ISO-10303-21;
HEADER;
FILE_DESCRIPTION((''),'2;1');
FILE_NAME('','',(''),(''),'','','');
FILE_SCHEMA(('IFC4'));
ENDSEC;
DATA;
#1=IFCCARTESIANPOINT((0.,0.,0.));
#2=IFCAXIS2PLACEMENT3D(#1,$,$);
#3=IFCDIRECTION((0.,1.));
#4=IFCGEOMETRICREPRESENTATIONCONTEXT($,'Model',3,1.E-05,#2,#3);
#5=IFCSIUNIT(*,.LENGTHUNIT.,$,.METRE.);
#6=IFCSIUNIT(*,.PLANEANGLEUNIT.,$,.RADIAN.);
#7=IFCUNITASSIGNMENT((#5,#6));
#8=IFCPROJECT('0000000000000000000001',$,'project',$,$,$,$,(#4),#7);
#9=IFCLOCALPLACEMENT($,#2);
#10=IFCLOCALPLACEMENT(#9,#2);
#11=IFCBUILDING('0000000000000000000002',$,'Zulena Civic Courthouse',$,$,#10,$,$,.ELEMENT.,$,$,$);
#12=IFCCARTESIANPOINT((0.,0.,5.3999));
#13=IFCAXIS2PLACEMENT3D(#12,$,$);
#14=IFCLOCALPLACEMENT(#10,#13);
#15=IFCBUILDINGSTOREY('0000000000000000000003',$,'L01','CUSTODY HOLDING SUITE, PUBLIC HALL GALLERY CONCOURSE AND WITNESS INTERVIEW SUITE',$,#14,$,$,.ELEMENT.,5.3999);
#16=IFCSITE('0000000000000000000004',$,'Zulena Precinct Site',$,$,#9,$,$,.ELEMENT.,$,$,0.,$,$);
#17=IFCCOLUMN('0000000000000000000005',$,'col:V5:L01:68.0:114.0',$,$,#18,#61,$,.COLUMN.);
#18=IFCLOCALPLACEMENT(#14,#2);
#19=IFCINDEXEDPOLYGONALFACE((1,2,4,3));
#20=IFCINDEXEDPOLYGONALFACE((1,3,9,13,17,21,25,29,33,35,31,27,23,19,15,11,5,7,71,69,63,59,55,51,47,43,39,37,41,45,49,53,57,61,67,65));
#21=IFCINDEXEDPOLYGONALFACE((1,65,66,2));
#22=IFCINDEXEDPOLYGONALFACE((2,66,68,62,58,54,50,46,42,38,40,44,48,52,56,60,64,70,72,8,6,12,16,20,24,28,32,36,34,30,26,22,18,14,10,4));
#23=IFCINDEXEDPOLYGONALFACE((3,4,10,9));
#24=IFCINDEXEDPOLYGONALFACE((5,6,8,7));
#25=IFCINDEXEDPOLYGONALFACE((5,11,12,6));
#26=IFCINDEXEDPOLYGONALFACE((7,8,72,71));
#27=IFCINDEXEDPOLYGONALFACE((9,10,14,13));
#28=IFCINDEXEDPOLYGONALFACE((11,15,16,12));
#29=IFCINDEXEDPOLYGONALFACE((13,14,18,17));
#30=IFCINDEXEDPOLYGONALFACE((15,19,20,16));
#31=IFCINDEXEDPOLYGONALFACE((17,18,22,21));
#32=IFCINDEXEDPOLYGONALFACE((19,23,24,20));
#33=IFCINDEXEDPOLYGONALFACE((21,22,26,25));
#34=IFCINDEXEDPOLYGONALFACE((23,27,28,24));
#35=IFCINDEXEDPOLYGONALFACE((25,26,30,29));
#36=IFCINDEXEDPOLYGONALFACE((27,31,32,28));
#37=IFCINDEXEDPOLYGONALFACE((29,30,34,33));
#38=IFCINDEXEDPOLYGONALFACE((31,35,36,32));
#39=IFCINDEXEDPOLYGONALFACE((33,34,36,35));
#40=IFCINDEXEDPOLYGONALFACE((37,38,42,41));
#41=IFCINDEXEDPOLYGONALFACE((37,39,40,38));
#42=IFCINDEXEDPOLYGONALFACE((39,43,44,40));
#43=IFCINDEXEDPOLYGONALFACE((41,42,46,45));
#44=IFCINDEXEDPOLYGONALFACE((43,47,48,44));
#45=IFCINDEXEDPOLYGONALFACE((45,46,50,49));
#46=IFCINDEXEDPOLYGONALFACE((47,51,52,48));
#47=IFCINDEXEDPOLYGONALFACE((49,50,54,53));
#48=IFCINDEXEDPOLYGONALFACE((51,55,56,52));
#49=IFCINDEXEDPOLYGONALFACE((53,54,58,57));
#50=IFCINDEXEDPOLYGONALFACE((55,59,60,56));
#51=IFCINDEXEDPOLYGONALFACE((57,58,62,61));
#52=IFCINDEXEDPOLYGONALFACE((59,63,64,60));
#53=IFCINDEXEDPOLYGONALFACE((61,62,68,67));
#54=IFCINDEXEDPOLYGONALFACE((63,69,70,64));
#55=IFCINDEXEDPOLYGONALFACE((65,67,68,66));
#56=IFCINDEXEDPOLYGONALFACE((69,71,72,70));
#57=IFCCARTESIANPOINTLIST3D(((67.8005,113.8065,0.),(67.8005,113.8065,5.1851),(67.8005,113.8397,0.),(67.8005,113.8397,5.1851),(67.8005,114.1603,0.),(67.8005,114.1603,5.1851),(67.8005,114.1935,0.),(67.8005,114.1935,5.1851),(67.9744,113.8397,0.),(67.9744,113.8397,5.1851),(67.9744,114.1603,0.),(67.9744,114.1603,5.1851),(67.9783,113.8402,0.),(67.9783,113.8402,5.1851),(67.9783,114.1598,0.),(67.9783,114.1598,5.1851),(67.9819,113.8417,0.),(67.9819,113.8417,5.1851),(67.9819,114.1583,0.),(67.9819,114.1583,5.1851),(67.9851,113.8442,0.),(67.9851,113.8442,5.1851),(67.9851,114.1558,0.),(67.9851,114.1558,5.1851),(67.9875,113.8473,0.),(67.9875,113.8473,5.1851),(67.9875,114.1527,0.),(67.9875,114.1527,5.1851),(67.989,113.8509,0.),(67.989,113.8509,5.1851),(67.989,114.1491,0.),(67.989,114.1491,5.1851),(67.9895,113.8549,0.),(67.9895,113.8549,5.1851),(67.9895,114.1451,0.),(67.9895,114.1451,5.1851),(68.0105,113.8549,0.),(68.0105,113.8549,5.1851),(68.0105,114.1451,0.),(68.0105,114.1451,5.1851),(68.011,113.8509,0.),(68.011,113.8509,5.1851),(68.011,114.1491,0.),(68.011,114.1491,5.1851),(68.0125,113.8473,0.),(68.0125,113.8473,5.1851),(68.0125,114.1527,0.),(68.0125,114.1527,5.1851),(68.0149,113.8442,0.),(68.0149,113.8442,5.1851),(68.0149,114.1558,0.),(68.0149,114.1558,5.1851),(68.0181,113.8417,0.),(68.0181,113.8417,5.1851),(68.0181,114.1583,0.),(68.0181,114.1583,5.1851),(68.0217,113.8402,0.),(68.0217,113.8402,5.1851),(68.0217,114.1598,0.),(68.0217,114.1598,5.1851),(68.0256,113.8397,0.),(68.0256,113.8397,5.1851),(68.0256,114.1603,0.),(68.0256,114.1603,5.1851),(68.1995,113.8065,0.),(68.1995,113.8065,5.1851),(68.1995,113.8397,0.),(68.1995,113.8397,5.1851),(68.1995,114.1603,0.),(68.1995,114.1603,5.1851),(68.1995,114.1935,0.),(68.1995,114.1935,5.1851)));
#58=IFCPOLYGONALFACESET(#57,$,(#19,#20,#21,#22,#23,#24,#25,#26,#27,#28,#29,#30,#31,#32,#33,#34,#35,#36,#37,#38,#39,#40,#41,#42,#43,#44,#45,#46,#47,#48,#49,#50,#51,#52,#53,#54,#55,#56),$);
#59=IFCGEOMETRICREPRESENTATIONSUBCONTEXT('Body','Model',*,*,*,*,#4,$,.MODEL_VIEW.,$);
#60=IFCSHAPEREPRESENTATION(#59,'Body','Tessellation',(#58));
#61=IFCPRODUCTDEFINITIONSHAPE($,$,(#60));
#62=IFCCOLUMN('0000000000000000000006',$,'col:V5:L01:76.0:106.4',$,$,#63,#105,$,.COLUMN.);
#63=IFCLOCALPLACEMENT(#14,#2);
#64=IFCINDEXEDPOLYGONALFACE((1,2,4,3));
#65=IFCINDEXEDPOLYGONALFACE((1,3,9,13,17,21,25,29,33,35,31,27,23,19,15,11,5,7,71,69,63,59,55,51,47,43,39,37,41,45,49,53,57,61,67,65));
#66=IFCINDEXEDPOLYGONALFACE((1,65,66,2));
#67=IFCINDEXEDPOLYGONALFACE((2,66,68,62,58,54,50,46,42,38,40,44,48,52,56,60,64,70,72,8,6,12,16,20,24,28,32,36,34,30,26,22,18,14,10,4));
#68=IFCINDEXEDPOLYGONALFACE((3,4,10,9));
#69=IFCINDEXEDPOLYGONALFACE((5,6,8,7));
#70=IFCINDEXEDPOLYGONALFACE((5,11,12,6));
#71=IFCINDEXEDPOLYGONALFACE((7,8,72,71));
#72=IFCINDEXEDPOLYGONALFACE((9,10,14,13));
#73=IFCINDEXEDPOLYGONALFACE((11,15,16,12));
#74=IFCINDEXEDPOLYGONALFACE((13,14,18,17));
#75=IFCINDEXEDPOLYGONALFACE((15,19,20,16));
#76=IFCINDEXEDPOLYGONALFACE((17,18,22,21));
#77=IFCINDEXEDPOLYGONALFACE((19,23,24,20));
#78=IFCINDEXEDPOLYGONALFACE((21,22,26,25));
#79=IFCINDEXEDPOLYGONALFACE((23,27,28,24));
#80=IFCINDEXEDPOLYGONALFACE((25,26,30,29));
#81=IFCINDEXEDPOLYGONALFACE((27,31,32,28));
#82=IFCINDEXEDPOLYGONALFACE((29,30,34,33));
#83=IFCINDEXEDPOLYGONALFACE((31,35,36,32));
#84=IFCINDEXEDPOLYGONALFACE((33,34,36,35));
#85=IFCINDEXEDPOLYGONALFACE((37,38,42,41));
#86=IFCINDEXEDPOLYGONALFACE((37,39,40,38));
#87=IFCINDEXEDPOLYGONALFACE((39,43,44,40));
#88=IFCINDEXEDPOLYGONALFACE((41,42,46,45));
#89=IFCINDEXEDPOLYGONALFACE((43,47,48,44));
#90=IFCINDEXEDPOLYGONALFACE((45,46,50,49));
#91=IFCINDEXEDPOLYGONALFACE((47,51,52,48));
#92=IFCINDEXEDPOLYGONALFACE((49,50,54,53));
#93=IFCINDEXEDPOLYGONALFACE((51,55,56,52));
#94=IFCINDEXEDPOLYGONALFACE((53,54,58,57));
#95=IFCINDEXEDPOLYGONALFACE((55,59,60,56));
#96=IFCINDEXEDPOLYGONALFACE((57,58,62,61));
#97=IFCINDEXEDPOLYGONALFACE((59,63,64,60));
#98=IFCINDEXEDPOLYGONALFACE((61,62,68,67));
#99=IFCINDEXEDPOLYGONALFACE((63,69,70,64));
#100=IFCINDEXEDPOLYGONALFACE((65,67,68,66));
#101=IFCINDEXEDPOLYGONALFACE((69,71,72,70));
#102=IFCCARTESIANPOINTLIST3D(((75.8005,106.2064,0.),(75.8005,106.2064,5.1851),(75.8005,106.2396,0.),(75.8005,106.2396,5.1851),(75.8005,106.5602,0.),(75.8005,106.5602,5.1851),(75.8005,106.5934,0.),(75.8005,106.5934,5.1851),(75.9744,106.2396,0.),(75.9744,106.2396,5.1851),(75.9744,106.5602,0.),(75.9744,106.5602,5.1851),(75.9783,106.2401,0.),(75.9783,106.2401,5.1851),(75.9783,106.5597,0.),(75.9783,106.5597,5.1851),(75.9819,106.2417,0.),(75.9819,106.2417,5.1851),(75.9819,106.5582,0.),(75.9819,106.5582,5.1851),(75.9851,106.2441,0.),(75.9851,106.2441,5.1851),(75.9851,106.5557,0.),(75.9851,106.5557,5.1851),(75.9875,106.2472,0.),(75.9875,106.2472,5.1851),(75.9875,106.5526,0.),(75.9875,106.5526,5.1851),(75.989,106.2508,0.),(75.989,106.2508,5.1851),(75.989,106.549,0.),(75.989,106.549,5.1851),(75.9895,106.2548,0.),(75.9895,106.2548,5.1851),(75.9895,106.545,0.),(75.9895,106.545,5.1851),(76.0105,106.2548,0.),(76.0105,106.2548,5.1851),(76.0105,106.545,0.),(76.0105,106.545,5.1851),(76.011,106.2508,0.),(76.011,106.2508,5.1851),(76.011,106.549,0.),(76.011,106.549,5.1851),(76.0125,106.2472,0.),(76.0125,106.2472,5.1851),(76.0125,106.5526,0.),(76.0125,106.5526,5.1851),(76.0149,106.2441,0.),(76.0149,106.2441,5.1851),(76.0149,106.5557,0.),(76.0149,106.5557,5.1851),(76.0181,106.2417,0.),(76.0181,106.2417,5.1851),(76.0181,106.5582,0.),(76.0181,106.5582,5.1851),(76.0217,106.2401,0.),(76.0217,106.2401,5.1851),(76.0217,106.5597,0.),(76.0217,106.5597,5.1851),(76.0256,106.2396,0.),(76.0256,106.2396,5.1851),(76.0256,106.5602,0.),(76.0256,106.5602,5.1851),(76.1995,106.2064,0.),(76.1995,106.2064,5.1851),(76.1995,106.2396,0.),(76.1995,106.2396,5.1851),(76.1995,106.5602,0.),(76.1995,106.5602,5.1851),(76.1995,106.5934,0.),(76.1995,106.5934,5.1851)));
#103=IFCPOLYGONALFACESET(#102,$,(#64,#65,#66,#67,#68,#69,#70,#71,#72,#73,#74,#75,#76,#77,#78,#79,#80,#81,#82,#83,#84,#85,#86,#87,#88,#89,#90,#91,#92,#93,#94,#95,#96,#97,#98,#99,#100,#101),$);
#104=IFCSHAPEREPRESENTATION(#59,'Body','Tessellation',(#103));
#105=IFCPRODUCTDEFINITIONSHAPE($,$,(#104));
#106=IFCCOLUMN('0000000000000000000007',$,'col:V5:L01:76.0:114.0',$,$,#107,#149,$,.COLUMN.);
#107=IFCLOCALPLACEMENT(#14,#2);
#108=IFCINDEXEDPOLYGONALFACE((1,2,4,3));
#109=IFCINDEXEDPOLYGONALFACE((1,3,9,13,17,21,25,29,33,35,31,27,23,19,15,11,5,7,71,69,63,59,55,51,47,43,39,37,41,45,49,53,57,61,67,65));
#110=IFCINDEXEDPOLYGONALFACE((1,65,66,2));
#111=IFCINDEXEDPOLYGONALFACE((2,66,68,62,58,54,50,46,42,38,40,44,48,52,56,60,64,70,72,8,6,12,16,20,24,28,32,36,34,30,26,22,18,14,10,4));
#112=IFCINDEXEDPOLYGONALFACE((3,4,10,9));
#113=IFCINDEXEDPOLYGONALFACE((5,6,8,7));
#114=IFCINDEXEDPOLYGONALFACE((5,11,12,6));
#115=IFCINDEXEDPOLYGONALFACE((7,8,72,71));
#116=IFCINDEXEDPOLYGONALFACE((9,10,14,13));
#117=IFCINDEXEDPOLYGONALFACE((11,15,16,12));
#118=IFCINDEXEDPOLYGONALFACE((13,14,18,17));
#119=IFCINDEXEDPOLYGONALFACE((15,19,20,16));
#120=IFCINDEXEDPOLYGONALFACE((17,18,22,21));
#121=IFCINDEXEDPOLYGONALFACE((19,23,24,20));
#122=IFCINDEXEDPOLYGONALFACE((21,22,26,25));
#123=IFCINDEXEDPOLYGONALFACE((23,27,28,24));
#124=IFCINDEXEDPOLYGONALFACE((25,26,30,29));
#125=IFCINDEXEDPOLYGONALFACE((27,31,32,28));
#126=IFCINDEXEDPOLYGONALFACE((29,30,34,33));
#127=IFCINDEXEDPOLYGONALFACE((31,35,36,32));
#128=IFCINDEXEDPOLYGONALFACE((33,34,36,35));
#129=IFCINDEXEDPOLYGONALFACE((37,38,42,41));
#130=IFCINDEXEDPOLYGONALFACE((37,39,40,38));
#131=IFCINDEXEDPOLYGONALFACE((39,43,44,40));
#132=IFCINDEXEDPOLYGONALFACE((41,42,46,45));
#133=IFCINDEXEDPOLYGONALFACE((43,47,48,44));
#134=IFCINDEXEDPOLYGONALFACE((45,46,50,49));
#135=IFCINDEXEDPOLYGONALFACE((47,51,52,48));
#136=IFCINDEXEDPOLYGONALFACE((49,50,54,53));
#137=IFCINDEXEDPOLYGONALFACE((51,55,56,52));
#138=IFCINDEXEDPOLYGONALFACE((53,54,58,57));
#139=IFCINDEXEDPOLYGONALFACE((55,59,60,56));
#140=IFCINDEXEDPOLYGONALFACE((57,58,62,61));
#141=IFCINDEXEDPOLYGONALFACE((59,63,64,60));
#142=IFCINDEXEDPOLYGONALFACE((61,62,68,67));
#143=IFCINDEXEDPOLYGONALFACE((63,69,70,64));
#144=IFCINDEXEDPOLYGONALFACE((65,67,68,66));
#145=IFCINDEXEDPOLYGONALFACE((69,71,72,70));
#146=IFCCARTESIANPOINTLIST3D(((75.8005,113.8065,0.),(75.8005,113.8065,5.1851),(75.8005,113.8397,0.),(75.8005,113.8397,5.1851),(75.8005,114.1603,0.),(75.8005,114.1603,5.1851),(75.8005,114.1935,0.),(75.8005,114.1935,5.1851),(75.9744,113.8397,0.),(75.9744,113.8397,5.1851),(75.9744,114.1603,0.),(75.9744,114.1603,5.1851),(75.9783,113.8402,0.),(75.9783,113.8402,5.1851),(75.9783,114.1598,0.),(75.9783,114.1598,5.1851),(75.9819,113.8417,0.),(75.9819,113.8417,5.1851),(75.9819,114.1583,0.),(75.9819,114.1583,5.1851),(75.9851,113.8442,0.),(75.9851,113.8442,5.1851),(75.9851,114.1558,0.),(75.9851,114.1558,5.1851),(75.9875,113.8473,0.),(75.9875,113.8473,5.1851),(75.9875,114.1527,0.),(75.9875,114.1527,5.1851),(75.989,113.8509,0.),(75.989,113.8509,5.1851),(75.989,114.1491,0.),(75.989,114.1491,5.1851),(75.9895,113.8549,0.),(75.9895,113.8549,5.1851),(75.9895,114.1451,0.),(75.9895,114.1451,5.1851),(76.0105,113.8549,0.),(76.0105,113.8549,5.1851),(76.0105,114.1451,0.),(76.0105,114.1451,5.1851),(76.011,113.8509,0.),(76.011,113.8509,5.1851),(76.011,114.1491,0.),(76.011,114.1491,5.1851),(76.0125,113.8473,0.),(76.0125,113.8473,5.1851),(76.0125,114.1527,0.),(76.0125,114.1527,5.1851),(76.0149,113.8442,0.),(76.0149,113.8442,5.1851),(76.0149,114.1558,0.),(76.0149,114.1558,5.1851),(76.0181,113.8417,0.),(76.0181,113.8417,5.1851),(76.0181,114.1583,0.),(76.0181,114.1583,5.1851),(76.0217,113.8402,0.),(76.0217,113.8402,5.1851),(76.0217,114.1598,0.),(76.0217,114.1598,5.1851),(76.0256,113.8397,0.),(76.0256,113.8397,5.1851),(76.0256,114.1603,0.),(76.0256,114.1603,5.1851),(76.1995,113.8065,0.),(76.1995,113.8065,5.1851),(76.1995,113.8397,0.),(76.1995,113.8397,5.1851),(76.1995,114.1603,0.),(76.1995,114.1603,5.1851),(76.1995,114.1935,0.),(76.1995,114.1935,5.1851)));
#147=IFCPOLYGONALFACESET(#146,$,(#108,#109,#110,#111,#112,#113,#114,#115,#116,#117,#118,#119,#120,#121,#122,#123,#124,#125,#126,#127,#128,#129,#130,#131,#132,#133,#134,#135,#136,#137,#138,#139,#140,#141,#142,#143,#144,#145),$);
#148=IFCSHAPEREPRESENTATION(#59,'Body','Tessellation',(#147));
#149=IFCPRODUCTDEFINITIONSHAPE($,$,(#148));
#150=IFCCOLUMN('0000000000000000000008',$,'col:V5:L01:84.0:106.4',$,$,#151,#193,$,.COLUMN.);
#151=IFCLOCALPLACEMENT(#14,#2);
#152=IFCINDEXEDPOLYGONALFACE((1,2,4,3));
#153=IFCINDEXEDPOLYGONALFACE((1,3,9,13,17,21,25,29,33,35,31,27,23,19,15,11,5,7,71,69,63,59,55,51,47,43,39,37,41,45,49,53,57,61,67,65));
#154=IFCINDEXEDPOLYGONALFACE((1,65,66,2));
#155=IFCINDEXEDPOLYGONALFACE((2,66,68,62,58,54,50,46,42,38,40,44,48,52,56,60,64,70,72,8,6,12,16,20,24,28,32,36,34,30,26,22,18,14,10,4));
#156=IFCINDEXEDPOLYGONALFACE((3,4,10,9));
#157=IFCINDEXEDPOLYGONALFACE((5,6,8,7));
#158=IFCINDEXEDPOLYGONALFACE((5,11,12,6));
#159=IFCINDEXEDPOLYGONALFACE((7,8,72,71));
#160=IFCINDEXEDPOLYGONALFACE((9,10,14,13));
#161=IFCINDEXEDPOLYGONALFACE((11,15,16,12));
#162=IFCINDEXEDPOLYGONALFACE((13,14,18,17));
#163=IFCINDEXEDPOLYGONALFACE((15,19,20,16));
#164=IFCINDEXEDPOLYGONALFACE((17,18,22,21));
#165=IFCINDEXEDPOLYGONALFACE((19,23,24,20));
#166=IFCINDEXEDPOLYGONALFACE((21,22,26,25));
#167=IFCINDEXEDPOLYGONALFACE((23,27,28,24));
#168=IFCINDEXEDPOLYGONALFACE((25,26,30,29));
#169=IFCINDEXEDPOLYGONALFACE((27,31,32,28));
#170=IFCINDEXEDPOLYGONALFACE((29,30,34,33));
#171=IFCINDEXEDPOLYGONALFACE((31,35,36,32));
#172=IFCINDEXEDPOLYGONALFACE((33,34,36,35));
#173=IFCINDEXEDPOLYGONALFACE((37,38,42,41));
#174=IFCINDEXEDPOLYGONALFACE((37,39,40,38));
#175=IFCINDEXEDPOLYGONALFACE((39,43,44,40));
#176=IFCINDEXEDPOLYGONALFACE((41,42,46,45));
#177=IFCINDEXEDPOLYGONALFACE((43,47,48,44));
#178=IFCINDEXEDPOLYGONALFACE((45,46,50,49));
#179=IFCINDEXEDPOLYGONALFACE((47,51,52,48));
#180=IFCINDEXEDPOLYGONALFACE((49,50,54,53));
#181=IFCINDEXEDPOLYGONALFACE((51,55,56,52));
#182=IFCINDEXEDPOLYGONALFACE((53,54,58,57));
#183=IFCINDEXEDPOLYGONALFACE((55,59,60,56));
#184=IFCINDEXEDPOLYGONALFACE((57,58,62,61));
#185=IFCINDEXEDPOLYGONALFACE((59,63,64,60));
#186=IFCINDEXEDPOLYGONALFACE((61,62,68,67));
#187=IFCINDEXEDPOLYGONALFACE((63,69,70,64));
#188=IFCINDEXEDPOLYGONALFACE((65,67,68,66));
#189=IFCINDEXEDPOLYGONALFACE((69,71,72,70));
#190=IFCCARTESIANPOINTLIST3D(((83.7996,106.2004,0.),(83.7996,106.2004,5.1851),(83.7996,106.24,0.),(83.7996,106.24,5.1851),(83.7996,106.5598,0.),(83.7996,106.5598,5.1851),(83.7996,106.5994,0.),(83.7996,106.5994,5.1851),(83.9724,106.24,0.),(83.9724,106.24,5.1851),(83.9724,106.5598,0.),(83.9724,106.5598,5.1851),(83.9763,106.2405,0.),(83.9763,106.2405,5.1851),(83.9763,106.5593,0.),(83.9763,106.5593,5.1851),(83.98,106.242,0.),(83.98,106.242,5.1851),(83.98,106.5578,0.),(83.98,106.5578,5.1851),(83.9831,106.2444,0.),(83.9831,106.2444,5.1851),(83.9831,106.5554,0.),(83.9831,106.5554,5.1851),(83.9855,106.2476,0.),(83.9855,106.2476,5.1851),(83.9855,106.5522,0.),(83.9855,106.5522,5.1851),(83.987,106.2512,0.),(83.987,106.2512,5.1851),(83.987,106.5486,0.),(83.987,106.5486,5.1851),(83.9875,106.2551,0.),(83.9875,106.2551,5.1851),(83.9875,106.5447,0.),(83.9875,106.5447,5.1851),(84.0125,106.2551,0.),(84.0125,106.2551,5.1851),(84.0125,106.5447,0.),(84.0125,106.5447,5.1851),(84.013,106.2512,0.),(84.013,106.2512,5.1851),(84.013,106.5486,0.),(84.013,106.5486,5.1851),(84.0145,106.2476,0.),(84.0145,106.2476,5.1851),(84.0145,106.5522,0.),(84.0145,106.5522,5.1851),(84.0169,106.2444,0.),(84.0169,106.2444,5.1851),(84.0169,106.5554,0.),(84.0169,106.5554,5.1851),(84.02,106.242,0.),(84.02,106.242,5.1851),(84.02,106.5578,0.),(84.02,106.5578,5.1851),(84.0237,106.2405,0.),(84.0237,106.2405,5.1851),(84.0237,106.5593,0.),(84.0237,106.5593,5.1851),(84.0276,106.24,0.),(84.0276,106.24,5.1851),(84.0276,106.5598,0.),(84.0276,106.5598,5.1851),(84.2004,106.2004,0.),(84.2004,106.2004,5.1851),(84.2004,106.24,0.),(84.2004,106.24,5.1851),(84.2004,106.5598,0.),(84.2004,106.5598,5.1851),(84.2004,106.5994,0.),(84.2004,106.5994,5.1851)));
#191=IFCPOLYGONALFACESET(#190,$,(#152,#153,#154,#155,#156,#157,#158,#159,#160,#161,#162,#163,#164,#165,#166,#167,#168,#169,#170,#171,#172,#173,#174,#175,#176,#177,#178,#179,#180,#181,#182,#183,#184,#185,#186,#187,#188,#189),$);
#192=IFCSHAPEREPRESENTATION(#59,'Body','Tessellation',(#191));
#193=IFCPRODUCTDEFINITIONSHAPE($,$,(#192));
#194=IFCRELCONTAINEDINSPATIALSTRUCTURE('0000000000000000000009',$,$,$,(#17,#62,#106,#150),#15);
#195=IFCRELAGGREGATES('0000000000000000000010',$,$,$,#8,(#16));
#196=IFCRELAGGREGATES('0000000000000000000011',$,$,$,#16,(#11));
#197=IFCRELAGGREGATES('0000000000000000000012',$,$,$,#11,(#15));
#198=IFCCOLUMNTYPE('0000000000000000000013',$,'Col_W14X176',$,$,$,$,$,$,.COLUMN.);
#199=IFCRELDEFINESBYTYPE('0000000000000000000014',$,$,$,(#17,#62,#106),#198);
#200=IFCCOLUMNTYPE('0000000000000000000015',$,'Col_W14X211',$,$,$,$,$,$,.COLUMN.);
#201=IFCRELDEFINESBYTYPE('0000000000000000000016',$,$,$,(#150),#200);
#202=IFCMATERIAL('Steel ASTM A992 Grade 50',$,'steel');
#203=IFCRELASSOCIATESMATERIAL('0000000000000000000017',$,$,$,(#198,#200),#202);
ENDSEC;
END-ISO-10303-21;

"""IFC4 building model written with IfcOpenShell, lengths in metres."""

from ifc_helpers import new_model, si_unit, direction, frame, origin, origin_2d, place, context, subcontext, project, spatial, i_section, extrude, material, material_profile, profile_set, type_object, element, save


model = new_model("IFC4")

# Units and contexts
model_context = context("Model", 3, precision=1e-05, world=origin(), true_north=direction((0.0, 1.0)))
body_context = subcontext(model_context, "Body", "Model", "MODEL_VIEW")
ifc_project = project(units=[si_unit("LENGTHUNIT", "METRE"), si_unit("PLANEANGLEUNIT", "RADIAN")], contexts=[model_context])

# Site, building, storey
site_placement = place(None, origin())
site = spatial("IfcSite", under=ifc_project, at=site_placement, Name="Zulena Precinct Site", CompositionType="ELEMENT", RefElevation=0.0)
building_placement = place(site_placement, origin())
building = spatial("IfcBuilding", under=site, at=building_placement, Name="Zulena Civic Courthouse", CompositionType="ELEMENT")
storey_placement = place(building_placement, frame((0.0, 0.0, 5.3999)))
storey = spatial("IfcBuildingStorey", under=building, at=storey_placement, Name="L01", Description="CUSTODY HOLDING SUITE, PUBLIC HALL GALLERY CONCOURSE AND WITNESS INTERVIEW SUITE", CompositionType="ELEMENT", Elevation=5.3999)

# Columns
ifc_material_1 = material(Name="Steel ASTM A992 Grade 50", Category="steel")
ifc_material_profile_1 = material_profile(ifc_material_1, i_section(OverallWidth=0.3989, OverallDepth=0.387, WebThickness=0.021, FlangeThickness=0.0332, FilletRadius=0.0151, at=origin_2d()), Name="W14X176")
ifc_profile_set_1 = profile_set([ifc_material_profile_1], Name="Steel ASTM A992 Grade 50")
column_type_1 = type_object("IfcColumnType", Name="Col_W14X176", PredefinedType="COLUMN", material=ifc_profile_set_1)
for number, where, z_axis, x_axis, name in (
    (1, (68.0, 114.0, 0.0), (0.0, 0.0, 1.0), (1.0, 0.0, 0.0), "col:V5:L01:68.0:114.0"),
    (2, (76.0, 106.3999, 0.0), (0.0, 0.0, 1.0), (1.0, 0.0, 0.0), "col:V5:L01:76.0:106.4"),
    (3, (76.0, 114.0, 0.0), (0.0, 0.0, 1.0), (1.0, 0.0, 0.0), "col:V5:L01:76.0:114.0"),
):
    element("IfcColumn", number, at=place(storey_placement, frame(where, z_axis=z_axis, x_axis=x_axis)), inside=storey, type_object=column_type_1, Name=name, PredefinedType="COLUMN", context=body_context, shape_type="SweptSolid", body=[
        extrude(i_section(OverallWidth=0.3989, OverallDepth=0.387, WebThickness=0.021, FlangeThickness=0.0332, FilletRadius=0.0151, at=origin_2d()), origin(), (0.0, 0.0, 1.0), 5.1851),
    ])
ifc_material_profile_2 = material_profile(ifc_material_1, i_section(OverallWidth=0.4009, OverallDepth=0.3989, WebThickness=0.0249, FlangeThickness=0.0396, FilletRadius=0.0151, at=origin_2d()), Name="W14X211")
ifc_profile_set_2 = profile_set([ifc_material_profile_2], Name="Steel ASTM A992 Grade 50")
column_type_2 = type_object("IfcColumnType", Name="Col_W14X211", PredefinedType="COLUMN", material=ifc_profile_set_2)
for number, where, z_axis, x_axis, name in (
    (4, (84.0, 106.3999, 0.0), (0.0, 0.0, 1.0), (1.0, 0.0, 0.0), "col:V5:L01:84.0:106.4"),
):
    element("IfcColumn", number, at=place(storey_placement, frame(where, z_axis=z_axis, x_axis=x_axis)), inside=storey, type_object=column_type_2, Name=name, PredefinedType="COLUMN", context=body_context, shape_type="SweptSolid", body=[
        extrude(i_section(OverallWidth=0.4009, OverallDepth=0.3989, WebThickness=0.0249, FlangeThickness=0.0396, FilletRadius=0.0151, at=origin_2d()), origin(), (0.0, 0.0, 1.0), 5.1851),
    ])

save(model, "model.ifc")
